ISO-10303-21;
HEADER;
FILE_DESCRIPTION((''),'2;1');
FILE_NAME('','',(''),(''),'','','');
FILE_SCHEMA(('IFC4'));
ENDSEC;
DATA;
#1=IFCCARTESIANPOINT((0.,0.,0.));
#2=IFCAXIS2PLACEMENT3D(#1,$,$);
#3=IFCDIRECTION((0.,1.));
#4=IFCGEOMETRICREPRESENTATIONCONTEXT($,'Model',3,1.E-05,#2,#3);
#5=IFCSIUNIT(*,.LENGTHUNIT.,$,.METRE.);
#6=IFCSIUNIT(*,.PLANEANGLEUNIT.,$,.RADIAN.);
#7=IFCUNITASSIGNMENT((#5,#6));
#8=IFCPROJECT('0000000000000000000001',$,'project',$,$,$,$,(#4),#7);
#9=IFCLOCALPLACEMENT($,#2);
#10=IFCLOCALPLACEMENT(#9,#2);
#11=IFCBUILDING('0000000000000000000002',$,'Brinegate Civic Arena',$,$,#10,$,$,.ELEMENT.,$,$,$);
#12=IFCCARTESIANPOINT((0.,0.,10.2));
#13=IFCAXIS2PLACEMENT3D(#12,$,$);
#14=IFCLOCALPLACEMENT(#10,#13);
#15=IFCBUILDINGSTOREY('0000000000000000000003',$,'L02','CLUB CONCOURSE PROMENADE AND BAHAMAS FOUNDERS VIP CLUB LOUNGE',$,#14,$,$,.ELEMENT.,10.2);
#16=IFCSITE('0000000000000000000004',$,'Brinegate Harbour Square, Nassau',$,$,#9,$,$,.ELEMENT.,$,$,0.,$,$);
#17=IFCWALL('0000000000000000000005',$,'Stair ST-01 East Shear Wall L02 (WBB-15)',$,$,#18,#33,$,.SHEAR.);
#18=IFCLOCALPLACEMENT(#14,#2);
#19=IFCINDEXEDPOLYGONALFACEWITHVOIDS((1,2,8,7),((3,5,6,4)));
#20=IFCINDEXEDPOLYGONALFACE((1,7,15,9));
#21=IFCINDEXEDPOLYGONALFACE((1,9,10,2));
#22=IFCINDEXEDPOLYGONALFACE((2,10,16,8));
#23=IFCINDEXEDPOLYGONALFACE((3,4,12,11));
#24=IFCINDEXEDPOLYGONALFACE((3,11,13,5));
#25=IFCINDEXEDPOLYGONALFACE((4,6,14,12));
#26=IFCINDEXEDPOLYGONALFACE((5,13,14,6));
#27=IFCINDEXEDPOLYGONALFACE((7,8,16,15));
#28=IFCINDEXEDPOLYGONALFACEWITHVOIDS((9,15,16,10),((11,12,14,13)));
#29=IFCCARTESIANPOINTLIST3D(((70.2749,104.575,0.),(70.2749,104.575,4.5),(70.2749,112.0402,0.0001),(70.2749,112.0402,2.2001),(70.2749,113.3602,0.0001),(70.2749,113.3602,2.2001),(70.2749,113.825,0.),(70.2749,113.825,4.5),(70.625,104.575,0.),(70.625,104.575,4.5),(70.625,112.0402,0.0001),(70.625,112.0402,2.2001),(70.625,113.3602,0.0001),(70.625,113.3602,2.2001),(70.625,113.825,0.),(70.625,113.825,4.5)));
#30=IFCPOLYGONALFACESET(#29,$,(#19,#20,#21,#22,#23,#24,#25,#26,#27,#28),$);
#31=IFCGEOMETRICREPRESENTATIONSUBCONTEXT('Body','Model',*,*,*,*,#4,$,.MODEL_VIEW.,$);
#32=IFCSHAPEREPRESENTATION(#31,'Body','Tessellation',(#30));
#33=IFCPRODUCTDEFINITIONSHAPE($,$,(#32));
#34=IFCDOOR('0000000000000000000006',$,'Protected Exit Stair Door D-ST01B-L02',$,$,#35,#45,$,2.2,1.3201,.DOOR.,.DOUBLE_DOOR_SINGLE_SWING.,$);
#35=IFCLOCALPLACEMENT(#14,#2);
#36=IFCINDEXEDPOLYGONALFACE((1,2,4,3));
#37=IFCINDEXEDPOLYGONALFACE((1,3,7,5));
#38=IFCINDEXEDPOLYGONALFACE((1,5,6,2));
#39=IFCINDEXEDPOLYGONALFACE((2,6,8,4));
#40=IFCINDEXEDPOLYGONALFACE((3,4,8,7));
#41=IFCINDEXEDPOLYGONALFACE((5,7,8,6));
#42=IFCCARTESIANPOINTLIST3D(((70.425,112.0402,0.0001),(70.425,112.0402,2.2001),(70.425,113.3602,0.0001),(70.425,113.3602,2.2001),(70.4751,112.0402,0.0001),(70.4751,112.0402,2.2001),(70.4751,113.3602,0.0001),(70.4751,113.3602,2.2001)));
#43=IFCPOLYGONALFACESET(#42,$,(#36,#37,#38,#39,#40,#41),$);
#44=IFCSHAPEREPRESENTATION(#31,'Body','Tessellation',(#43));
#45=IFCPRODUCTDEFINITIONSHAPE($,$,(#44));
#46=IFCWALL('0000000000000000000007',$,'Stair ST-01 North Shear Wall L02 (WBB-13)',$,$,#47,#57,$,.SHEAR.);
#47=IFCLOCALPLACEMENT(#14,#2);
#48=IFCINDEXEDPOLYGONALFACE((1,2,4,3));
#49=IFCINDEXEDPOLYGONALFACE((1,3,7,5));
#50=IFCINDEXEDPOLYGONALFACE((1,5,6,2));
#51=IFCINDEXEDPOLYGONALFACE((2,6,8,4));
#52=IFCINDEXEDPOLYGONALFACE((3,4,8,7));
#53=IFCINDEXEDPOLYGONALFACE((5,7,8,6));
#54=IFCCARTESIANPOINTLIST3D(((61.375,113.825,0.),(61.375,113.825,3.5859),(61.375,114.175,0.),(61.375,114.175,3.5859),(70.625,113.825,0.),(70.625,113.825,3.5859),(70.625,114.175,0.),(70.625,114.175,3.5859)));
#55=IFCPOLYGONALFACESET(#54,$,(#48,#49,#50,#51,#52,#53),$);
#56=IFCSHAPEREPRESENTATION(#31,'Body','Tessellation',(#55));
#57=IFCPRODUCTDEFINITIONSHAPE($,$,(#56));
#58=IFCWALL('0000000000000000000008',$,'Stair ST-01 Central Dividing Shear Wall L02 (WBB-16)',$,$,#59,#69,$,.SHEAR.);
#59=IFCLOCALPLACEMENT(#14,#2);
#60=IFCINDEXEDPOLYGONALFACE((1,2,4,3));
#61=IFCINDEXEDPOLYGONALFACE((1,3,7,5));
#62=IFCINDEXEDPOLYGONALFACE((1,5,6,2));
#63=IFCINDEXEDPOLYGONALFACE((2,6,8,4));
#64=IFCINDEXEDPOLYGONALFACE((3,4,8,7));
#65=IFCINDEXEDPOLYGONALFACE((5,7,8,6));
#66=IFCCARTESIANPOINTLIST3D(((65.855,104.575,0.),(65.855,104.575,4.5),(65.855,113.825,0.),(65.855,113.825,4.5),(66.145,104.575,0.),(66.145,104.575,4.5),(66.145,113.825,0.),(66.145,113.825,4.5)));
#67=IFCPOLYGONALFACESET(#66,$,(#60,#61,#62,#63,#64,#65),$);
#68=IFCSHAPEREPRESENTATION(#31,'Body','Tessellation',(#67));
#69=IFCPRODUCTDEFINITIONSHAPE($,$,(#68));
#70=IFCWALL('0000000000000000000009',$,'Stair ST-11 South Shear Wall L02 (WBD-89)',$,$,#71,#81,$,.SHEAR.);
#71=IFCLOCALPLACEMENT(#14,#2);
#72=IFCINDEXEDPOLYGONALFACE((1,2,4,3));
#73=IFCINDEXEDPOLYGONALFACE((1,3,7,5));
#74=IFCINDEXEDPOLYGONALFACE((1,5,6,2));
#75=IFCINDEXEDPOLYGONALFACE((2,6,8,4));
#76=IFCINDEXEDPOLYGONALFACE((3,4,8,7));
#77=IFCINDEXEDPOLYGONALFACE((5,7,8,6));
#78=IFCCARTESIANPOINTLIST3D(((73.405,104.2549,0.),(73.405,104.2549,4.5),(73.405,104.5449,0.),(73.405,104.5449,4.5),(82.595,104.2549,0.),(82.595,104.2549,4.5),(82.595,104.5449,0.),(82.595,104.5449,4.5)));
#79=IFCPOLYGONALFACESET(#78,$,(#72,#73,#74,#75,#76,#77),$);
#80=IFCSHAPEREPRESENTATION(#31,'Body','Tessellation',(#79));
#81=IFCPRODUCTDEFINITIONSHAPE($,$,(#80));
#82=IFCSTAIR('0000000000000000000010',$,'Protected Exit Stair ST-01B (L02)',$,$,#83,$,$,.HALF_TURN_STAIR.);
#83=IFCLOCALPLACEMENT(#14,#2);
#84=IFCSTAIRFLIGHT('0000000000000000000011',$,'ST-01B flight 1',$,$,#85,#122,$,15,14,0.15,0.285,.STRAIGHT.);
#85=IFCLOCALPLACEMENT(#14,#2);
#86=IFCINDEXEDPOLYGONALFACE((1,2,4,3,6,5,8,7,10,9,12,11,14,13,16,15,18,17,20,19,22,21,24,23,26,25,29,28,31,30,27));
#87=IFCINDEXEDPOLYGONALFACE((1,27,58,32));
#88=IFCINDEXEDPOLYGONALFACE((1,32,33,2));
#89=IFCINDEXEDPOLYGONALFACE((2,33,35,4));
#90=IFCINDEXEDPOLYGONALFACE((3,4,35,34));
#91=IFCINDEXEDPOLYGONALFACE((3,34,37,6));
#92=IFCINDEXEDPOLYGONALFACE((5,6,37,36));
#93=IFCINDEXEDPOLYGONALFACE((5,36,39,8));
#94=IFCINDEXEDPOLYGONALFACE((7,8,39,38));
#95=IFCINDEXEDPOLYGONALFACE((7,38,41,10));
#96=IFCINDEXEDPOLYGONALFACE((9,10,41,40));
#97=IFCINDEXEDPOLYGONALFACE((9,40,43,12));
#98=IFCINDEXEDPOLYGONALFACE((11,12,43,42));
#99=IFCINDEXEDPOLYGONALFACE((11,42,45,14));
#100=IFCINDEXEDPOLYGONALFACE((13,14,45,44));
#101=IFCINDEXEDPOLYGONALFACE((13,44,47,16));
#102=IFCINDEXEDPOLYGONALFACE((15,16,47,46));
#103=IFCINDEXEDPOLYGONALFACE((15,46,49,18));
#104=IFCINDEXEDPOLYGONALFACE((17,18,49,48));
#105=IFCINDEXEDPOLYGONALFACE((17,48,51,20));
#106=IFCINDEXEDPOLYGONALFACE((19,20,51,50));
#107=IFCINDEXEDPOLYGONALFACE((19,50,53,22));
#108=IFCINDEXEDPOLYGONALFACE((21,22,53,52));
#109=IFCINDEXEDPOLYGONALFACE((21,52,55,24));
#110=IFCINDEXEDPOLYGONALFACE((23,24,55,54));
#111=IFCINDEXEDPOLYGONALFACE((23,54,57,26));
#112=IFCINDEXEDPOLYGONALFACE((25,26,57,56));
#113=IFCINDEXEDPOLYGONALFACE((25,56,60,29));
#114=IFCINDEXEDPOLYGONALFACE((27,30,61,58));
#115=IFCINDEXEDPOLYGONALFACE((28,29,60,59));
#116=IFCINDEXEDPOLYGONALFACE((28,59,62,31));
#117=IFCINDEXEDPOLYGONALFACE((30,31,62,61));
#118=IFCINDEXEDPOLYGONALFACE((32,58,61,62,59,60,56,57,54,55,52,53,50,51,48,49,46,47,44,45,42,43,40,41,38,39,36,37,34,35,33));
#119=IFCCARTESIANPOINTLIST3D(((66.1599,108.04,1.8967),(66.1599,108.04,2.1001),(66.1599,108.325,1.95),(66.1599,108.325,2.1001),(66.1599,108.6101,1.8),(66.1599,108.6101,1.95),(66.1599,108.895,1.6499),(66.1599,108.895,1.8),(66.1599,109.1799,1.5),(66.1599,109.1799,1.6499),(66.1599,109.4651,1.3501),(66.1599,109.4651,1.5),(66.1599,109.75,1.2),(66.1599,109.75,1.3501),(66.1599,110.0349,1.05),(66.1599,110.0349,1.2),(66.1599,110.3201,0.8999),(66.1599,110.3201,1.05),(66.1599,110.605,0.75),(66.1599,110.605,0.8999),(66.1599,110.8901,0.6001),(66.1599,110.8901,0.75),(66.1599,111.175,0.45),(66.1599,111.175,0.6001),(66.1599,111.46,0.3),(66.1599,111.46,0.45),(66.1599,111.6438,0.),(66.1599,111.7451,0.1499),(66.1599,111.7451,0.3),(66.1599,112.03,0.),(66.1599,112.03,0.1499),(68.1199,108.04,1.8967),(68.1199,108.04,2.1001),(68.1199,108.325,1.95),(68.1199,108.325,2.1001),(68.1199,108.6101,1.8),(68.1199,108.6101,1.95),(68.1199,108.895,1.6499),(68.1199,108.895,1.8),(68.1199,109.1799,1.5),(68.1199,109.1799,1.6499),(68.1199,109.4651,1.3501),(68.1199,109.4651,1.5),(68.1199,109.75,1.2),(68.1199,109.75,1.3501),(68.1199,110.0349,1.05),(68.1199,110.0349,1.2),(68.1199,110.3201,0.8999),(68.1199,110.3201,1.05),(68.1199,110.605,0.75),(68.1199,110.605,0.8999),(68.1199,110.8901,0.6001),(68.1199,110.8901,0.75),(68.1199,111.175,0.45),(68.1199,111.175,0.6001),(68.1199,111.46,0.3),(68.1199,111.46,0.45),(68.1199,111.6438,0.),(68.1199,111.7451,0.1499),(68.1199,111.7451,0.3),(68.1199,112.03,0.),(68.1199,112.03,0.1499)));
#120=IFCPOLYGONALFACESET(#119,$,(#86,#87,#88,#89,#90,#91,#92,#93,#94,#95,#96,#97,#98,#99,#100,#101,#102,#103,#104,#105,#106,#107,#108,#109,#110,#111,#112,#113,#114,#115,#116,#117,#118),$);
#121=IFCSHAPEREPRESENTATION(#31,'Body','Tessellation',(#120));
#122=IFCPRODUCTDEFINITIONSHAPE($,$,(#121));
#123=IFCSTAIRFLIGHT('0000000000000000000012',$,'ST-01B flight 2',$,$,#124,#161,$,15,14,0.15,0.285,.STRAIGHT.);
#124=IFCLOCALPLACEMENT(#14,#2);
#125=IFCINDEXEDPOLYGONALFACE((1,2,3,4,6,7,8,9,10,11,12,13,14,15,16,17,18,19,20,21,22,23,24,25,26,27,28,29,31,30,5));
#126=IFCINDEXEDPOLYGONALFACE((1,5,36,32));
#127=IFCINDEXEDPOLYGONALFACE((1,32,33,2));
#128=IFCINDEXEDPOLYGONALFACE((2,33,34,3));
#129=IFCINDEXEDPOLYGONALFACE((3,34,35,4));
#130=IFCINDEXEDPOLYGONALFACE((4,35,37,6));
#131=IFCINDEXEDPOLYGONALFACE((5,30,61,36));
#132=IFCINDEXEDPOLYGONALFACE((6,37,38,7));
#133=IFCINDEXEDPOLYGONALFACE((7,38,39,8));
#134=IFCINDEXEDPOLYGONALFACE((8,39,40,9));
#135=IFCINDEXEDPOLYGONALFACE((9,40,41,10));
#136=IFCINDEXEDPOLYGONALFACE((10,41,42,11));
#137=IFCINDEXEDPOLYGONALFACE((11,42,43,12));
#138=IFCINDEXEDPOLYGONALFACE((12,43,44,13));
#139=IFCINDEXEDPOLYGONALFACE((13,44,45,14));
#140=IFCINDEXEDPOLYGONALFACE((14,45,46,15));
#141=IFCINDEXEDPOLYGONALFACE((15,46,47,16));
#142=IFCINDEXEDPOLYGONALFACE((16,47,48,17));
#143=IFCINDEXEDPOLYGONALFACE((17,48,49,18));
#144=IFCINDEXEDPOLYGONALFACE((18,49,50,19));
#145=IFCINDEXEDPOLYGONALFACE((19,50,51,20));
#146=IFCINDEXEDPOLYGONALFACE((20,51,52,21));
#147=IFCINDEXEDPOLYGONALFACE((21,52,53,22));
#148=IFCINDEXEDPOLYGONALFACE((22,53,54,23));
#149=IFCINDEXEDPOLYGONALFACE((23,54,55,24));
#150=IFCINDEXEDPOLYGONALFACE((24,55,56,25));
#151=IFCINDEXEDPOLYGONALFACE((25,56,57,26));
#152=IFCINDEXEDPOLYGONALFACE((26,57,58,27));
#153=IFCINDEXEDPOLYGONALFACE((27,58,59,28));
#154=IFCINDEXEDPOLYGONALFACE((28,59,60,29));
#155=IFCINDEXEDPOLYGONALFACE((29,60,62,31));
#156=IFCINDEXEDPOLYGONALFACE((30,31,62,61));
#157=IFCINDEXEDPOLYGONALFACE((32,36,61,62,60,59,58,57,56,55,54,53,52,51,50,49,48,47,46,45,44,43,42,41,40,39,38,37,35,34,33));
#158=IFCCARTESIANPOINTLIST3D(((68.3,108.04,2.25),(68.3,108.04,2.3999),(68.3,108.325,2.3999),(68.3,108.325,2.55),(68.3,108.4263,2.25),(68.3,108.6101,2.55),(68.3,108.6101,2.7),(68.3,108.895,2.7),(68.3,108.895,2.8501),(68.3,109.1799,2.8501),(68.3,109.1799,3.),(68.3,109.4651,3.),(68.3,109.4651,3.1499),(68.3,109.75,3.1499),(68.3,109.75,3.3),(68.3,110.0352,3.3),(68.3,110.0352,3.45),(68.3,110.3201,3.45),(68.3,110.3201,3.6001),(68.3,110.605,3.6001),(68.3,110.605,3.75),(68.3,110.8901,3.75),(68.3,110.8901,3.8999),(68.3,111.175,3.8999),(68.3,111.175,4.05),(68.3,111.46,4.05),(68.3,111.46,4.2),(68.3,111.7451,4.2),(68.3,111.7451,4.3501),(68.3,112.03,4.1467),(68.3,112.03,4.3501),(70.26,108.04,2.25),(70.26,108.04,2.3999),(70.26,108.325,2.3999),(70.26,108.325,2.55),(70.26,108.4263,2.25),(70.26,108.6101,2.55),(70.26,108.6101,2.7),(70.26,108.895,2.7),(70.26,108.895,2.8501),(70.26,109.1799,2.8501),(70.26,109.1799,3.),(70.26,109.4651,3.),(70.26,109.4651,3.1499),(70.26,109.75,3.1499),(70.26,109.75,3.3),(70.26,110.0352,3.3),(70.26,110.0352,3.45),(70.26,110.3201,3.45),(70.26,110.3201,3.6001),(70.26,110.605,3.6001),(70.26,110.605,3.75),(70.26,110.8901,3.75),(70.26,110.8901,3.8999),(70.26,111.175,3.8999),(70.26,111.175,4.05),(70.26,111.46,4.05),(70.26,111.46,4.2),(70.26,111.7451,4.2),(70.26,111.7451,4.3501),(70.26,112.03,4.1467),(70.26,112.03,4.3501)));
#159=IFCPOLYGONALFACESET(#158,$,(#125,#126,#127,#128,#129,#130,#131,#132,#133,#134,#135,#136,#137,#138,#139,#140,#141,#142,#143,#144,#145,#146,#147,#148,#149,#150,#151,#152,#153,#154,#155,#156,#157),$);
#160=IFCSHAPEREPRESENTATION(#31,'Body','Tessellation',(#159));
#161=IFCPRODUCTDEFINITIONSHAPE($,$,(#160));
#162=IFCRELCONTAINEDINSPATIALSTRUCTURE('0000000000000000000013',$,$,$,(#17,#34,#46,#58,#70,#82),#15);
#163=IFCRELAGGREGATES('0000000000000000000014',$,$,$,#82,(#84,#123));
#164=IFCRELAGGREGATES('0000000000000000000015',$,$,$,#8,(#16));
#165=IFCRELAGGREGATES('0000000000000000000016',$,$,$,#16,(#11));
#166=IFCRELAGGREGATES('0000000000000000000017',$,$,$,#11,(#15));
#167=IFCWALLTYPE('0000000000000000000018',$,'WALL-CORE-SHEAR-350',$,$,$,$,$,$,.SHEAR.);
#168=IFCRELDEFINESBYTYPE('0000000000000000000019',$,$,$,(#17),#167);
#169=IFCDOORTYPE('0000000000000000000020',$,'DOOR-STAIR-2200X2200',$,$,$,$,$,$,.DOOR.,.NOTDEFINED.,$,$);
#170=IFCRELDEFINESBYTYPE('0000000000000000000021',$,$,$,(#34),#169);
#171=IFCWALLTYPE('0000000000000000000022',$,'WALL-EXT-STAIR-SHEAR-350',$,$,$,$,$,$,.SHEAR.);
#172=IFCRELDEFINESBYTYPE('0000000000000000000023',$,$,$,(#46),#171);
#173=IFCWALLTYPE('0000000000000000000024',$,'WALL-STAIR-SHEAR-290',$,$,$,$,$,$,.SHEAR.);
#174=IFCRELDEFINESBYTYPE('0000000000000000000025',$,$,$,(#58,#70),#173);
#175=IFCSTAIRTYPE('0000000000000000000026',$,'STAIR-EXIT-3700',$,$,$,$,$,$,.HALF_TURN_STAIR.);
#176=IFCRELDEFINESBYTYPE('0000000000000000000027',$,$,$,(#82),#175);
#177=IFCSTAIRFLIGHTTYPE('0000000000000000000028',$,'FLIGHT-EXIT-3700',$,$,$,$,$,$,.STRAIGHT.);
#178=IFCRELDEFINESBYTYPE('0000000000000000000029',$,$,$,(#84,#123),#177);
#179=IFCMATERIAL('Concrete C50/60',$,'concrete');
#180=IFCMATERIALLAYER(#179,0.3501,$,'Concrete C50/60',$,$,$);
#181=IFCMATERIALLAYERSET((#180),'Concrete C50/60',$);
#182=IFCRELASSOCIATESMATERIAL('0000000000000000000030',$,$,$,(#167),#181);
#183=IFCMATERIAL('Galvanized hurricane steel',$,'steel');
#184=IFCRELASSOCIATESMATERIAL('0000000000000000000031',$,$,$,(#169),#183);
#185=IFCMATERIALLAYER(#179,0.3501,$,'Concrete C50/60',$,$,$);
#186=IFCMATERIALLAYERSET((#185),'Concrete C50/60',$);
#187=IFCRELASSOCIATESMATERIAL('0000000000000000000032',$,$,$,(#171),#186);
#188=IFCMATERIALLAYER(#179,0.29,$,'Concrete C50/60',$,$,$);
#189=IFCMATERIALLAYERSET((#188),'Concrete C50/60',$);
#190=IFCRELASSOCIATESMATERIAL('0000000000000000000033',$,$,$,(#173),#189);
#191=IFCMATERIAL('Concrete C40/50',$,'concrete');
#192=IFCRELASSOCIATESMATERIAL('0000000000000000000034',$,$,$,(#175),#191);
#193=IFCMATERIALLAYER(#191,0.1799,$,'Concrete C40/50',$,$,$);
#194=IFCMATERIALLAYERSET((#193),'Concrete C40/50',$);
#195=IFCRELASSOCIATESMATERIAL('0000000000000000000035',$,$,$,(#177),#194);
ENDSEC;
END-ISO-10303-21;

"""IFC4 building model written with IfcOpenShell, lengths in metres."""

from ifc_helpers import new_model, si_unit, direction, frame, frame_2d, origin, place, context, subcontext, project, spatial, polyline, rectangle, outline, extrude, material, layer, layer_set, type_object, element, fill, aggregate, save


model = new_model("IFC4")

# Units and contexts
model_context = context("Model", 3, precision=1e-05, world=origin(), true_north=direction((0.0, 1.0)))
body_context = subcontext(model_context, "Body", "Model", "MODEL_VIEW")
ifc_project = project(units=[si_unit("LENGTHUNIT", "METRE"), si_unit("PLANEANGLEUNIT", "RADIAN")], contexts=[model_context])

# Site, building, storey
site_placement = place(None, origin())
site = spatial("IfcSite", under=ifc_project, at=site_placement, Name="Brinegate Harbour Square, Nassau", CompositionType="ELEMENT", RefElevation=0.0)
building_placement = place(site_placement, origin())
building = spatial("IfcBuilding", under=site, at=building_placement, Name="Brinegate Civic Arena", CompositionType="ELEMENT")
storey_placement = place(building_placement, frame((0.0, 0.0, 10.2)))
storey = spatial("IfcBuildingStorey", under=building, at=storey_placement, Name="L02", Description="CLUB CONCOURSE PROMENADE AND BAHAMAS FOUNDERS VIP CLUB LOUNGE", CompositionType="ELEMENT", Elevation=10.2)

# Shared definitions
ifc_material_1 = material(Name="Concrete C50/60", Category="concrete")

# Shared definitions
ifc_layer_1 = layer(ifc_material_1, 0.3501, Name="Concrete C50/60")
ifc_layer_set_1 = layer_set([ifc_layer_1], Name="Concrete C50/60")
wall_type_1 = type_object("IfcWallType", Name="WALL-CORE-SHEAR-350", PredefinedType="SHEAR", material=ifc_layer_set_1)

# Wall, opening, door
ifc_material_2 = material(Name="Galvanized hurricane steel", Category="steel")
wall_1_placement = place(storey_placement, frame((70.45, 104.575, 0.0), z_axis=(0.0, 0.0, 1.0), x_axis=(0.0, 1.0, 0.0)))
wall_1 = element("IfcWall", 1, at=wall_1_placement, inside=storey, type_object=wall_type_1, Name="Stair ST-01 East Shear Wall L02 (WBB-15)", PredefinedType="SHEAR", context=body_context, shape_type="SweptSolid", body=[
    extrude(rectangle(XDim=9.25, YDim=0.3501, at=frame_2d((4.625, 0.0))), origin(), (0.0, 0.0, 1.0), 4.5),
])
opening_1_placement = place(wall_1_placement, frame((7.4651, 0.0, 0.0)))
opening_1 = element("IfcOpeningElement", 2, at=opening_1_placement, cuts=wall_1, PredefinedType="OPENING", context=body_context, shape_type="SweptSolid", body=[
    extrude(rectangle(XDim=1.3201, YDim=2.2, at=frame_2d((0.6602, 1.1001))), frame((0.0, 0.1851, 0.0), z_axis=(0.0, -1.0, 0.0), x_axis=(1.0, 0.0, 0.0)), (0.0, 0.0, 1.0), 0.3701),
])
door_type_1 = type_object("IfcDoorType", Name="DOOR-STAIR-2200X2200", OperationType="NOTDEFINED", PredefinedType="DOOR", material=ifc_material_2)
door_1_placement = place(opening_1_placement, origin())
door_1 = element("IfcDoor", 3, at=door_1_placement, inside=storey, type_object=door_type_1, Name="Protected Exit Stair Door D-ST01B-L02", OperationType="DOUBLE_DOOR_SINGLE_SWING", OverallHeight=2.2, OverallWidth=1.3201, PredefinedType="DOOR", context=body_context, shape_type="SweptSolid", body=[
    extrude(rectangle(XDim=1.3201, YDim=2.2, at=frame_2d((0.6602, 1.1001))), frame((0.0, 0.0249, 0.0), z_axis=(0.0, -1.0, 0.0), x_axis=(1.0, 0.0, 0.0)), (0.0, 0.0, 1.0), 0.05),
])
fill(opening_1, door_1)

# Walls
ifc_layer_2 = layer(ifc_material_1, 0.3501, Name="Concrete C50/60")
ifc_layer_set_2 = layer_set([ifc_layer_2], Name="Concrete C50/60")
wall_type_2 = type_object("IfcWallType", Name="WALL-EXT-STAIR-SHEAR-350", PredefinedType="SHEAR", material=ifc_layer_set_2)
wall_2_placement = place(storey_placement, frame((61.375, 114.0, 0.0), z_axis=(0.0, 0.0, 1.0), x_axis=(1.0, 0.0, 0.0)))
element("IfcWall", 4, at=wall_2_placement, inside=storey, type_object=wall_type_2, Name="Stair ST-01 North Shear Wall L02 (WBB-13)", PredefinedType="SHEAR", context=body_context, shape_type="SweptSolid", body=[
    extrude(rectangle(XDim=9.25, YDim=0.3501, at=frame_2d((4.625, 0.0))), origin(), (0.0, 0.0, 1.0), 3.5859),
])
ifc_layer_3 = layer(ifc_material_1, 0.29, Name="Concrete C50/60")
ifc_layer_set_3 = layer_set([ifc_layer_3], Name="Concrete C50/60")
wall_type_3 = type_object("IfcWallType", Name="WALL-STAIR-SHEAR-290", PredefinedType="SHEAR", material=ifc_layer_set_3)
wall_3_placement = place(storey_placement, frame((66.0, 104.575, 0.0), z_axis=(0.0, 0.0, 1.0), x_axis=(0.0, 1.0, 0.0)))
element("IfcWall", 5, at=wall_3_placement, inside=storey, type_object=wall_type_3, Name="Stair ST-01 Central Dividing Shear Wall L02 (WBB-16)", PredefinedType="SHEAR", context=body_context, shape_type="SweptSolid", body=[
    extrude(rectangle(XDim=9.25, YDim=0.29, at=frame_2d((4.625, 0.0))), origin(), (0.0, 0.0, 1.0), 4.5),
])
wall_4_placement = place(storey_placement, frame((73.405, 104.3999, 0.0), z_axis=(0.0, 0.0, 1.0), x_axis=(1.0, 0.0, 0.0)))
element("IfcWall", 6, at=wall_4_placement, inside=storey, type_object=wall_type_3, Name="Stair ST-11 South Shear Wall L02 (WBD-89)", PredefinedType="SHEAR", context=body_context, shape_type="SweptSolid", body=[
    extrude(rectangle(XDim=9.1899, YDim=0.29, at=frame_2d((4.595, 0.0))), origin(), (0.0, 0.0, 1.0), 4.5),
])

# Stair, stair flights
ifc_material_3 = material(Name="Concrete C40/50", Category="concrete")
stair_type_1 = type_object("IfcStairType", Name="STAIR-EXIT-3700", PredefinedType="HALF_TURN_STAIR", material=ifc_material_3)
stair_1_placement = place(storey_placement, origin())
stair_1 = element("IfcStair", 7, at=stair_1_placement, inside=storey, type_object=stair_type_1, Name="Protected Exit Stair ST-01B (L02)", PredefinedType="HALF_TURN_STAIR")
ifc_layer_4 = layer(ifc_material_3, 0.1799, Name="Concrete C40/50")
ifc_layer_set_4 = layer_set([ifc_layer_4], Name="Concrete C40/50")
stair_flight_type_1 = type_object("IfcStairFlightType", Name="FLIGHT-EXIT-3700", PredefinedType="STRAIGHT", material=ifc_layer_set_4)
stair_flight_1_placement = place(storey_placement, frame((67.1399, 112.03, 0.0), z_axis=(0.0, 0.0, 1.0), x_axis=(0.0, -1.0, 0.0)))
stair_flight_1 = element("IfcStairFlight", 8, at=stair_flight_1_placement, type_object=stair_flight_type_1, Name="ST-01B flight 1", NumberOfRisers=15, NumberOfTreads=14, PredefinedType="STRAIGHT", RiserHeight=0.15, TreadLength=0.285, context=body_context, shape_type="SweptSolid", body=[
    extrude(outline(polyline([(0.0, 0.0), (0.0, 0.1499), (0.2849, 0.1499), (0.2849, 0.3), (0.5701, 0.3), (0.5701, 0.45), (0.855, 0.45), (0.855, 0.6001), (1.1399, 0.6001), (1.1399, 0.75), (1.425, 0.75), (1.425, 0.8999), (1.71, 0.8999), (1.71, 1.05), (1.9951, 1.05), (1.9951, 1.2), (2.28, 1.2), (2.28, 1.3501), (2.5649, 1.3501), (2.5649, 1.5), (2.8501, 1.5), (2.8501, 1.6499), (3.135, 1.6499), (3.135, 1.8), (3.4199, 1.8), (3.4199, 1.95), (3.7051, 1.95), (3.7051, 2.1001), (3.99, 2.1001), (3.99, 2.25), (3.99, 1.8967), (0.3862, 0.0), (0.0, 0.0)])), frame((0.0, 0.98, 0.0), z_axis=(0.0, -1.0, 0.0), x_axis=(1.0, 0.0, 0.0)), (0.0, 0.0, 1.0), 1.96),
])
stair_flight_2_placement = place(storey_placement, frame((69.28, 108.04, 2.25), z_axis=(0.0, 0.0, 1.0), x_axis=(0.0, 1.0, 0.0)))
stair_flight_2 = element("IfcStairFlight", 9, at=stair_flight_2_placement, type_object=stair_flight_type_1, Name="ST-01B flight 2", NumberOfRisers=15, NumberOfTreads=14, PredefinedType="STRAIGHT", RiserHeight=0.15, TreadLength=0.285, context=body_context, shape_type="SweptSolid", body=[
    extrude(outline(polyline([(0.0, 0.0), (0.0, 0.1499), (0.2849, 0.1499), (0.2849, 0.3), (0.5701, 0.3), (0.5701, 0.45), (0.855, 0.45), (0.855, 0.6001), (1.1399, 0.6001), (1.1399, 0.75), (1.425, 0.75), (1.425, 0.8999), (1.71, 0.8999), (1.71, 1.05), (1.9951, 1.05), (1.9951, 1.2), (2.28, 1.2), (2.28, 1.3501), (2.5649, 1.3501), (2.5649, 1.5), (2.8501, 1.5), (2.8501, 1.6499), (3.135, 1.6499), (3.135, 1.8), (3.4199, 1.8), (3.4199, 1.95), (3.7051, 1.95), (3.7051, 2.1001), (3.99, 2.1001), (3.99, 2.25), (3.99, 1.8967), (0.3862, 0.0), (0.0, 0.0)])), frame((0.0, 0.98, 0.0), z_axis=(0.0, -1.0, 0.0), x_axis=(1.0, 0.0, 0.0)), (0.0, 0.0, 1.0), 1.96),
])
aggregate(stair_1, [stair_flight_1, stair_flight_2])

save(model, "model.ifc")
